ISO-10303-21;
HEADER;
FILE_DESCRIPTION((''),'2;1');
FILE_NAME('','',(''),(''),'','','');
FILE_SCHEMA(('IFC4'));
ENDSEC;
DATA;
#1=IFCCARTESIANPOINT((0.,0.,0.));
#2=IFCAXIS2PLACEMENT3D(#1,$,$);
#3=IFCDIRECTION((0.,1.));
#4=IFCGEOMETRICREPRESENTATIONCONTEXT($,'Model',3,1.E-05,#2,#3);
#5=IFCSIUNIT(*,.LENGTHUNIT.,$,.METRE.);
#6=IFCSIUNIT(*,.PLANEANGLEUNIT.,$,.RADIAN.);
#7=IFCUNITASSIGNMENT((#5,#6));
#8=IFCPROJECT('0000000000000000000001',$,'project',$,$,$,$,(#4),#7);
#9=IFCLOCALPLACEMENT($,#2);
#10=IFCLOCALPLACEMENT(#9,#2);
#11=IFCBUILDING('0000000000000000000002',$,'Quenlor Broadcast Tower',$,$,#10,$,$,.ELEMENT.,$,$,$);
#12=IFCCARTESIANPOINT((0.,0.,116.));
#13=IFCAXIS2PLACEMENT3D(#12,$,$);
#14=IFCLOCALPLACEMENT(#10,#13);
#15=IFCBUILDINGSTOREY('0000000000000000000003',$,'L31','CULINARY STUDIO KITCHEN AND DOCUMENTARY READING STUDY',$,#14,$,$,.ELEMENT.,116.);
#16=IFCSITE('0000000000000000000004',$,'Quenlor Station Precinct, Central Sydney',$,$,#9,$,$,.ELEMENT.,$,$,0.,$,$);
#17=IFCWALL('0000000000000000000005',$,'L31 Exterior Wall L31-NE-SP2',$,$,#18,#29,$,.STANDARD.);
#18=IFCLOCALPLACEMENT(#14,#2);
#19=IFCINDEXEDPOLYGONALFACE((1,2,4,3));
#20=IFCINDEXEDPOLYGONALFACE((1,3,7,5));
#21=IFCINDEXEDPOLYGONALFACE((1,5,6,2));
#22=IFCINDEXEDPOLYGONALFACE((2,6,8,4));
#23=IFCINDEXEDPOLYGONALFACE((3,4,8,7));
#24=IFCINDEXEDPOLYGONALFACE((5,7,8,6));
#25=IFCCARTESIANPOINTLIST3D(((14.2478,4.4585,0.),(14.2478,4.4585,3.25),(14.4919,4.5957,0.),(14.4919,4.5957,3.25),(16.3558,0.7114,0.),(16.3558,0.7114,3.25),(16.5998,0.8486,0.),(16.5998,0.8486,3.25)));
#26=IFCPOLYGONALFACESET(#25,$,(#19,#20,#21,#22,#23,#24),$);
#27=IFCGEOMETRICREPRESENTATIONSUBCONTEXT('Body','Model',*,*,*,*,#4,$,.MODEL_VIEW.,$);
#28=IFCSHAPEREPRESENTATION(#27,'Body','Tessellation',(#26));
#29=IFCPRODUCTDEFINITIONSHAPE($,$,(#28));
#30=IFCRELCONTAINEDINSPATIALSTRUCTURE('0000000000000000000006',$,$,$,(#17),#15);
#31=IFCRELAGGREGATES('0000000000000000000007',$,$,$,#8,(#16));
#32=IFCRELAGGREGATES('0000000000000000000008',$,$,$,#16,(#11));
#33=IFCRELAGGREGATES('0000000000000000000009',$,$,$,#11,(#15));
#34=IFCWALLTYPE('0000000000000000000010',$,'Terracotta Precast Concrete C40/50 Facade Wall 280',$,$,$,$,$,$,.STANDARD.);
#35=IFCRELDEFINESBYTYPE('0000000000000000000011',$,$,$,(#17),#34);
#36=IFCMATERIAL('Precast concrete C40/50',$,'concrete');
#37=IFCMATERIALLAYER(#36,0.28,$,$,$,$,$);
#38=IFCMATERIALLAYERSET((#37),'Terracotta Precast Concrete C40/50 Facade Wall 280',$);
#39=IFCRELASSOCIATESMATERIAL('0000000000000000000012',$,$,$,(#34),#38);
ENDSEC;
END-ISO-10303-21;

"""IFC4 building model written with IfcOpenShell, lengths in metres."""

from ifc_helpers import new_model, si_unit, direction, frame, frame_2d, origin, place, context, subcontext, project, spatial, rectangle, extrude, material, layer, layer_set, type_object, element, save


model = new_model("IFC4")

# Units and contexts
model_context = context("Model", 3, precision=1e-05, world=origin(), true_north=direction((0.0, 1.0)))
body_context = subcontext(model_context, "Body", "Model", "MODEL_VIEW")
ifc_project = project(units=[si_unit("LENGTHUNIT", "METRE"), si_unit("PLANEANGLEUNIT", "RADIAN")], contexts=[model_context])

# Site, building, storey
site_placement = place(None, origin())
site = spatial("IfcSite", under=ifc_project, at=site_placement, Name="Quenlor Station Precinct, Central Sydney", CompositionType="ELEMENT", RefElevation=0.0)
building_placement = place(site_placement, origin())
building = spatial("IfcBuilding", under=site, at=building_placement, Name="Quenlor Broadcast Tower", CompositionType="ELEMENT")
storey_placement = place(building_placement, frame((0.0, 0.0, 116.0)))
storey = spatial("IfcBuildingStorey", under=building, at=storey_placement, Name="L31", Description="CULINARY STUDIO KITCHEN AND DOCUMENTARY READING STUDY", CompositionType="ELEMENT", Elevation=116.0)

# Wall
ifc_material_1 = material(Name="Precast concrete C40/50", Category="concrete")
ifc_layer_1 = layer(ifc_material_1, 0.28)
ifc_layer_set_1 = layer_set([ifc_layer_1], Name="Terracotta Precast Concrete C40/50 Facade Wall 280")
wall_type_1 = type_object("IfcWallType", Name="Terracotta Precast Concrete C40/50 Facade Wall 280", PredefinedType="STANDARD", material=ifc_layer_set_1)
for number, where, z_axis, x_axis, name in (
    (1, (14.3699, 4.5271, 0.0), (0.0, 0.0, 1.0), (0.490294, -0.871557, 0.0), "L31 Exterior Wall L31-NE-SP2"),
):
    element("IfcWall", number, at=place(storey_placement, frame(where, z_axis=z_axis, x_axis=x_axis)), inside=storey, type_object=wall_type_1, Name=name, PredefinedType="STANDARD", context=body_context, shape_type="SweptSolid", body=[
        extrude(rectangle(XDim=4.2993, YDim=0.28, at=frame_2d((2.1497, 0.0))), origin(), (0.0, 0.0, 1.0), 3.25),
    ])

save(model, "model.ifc")
